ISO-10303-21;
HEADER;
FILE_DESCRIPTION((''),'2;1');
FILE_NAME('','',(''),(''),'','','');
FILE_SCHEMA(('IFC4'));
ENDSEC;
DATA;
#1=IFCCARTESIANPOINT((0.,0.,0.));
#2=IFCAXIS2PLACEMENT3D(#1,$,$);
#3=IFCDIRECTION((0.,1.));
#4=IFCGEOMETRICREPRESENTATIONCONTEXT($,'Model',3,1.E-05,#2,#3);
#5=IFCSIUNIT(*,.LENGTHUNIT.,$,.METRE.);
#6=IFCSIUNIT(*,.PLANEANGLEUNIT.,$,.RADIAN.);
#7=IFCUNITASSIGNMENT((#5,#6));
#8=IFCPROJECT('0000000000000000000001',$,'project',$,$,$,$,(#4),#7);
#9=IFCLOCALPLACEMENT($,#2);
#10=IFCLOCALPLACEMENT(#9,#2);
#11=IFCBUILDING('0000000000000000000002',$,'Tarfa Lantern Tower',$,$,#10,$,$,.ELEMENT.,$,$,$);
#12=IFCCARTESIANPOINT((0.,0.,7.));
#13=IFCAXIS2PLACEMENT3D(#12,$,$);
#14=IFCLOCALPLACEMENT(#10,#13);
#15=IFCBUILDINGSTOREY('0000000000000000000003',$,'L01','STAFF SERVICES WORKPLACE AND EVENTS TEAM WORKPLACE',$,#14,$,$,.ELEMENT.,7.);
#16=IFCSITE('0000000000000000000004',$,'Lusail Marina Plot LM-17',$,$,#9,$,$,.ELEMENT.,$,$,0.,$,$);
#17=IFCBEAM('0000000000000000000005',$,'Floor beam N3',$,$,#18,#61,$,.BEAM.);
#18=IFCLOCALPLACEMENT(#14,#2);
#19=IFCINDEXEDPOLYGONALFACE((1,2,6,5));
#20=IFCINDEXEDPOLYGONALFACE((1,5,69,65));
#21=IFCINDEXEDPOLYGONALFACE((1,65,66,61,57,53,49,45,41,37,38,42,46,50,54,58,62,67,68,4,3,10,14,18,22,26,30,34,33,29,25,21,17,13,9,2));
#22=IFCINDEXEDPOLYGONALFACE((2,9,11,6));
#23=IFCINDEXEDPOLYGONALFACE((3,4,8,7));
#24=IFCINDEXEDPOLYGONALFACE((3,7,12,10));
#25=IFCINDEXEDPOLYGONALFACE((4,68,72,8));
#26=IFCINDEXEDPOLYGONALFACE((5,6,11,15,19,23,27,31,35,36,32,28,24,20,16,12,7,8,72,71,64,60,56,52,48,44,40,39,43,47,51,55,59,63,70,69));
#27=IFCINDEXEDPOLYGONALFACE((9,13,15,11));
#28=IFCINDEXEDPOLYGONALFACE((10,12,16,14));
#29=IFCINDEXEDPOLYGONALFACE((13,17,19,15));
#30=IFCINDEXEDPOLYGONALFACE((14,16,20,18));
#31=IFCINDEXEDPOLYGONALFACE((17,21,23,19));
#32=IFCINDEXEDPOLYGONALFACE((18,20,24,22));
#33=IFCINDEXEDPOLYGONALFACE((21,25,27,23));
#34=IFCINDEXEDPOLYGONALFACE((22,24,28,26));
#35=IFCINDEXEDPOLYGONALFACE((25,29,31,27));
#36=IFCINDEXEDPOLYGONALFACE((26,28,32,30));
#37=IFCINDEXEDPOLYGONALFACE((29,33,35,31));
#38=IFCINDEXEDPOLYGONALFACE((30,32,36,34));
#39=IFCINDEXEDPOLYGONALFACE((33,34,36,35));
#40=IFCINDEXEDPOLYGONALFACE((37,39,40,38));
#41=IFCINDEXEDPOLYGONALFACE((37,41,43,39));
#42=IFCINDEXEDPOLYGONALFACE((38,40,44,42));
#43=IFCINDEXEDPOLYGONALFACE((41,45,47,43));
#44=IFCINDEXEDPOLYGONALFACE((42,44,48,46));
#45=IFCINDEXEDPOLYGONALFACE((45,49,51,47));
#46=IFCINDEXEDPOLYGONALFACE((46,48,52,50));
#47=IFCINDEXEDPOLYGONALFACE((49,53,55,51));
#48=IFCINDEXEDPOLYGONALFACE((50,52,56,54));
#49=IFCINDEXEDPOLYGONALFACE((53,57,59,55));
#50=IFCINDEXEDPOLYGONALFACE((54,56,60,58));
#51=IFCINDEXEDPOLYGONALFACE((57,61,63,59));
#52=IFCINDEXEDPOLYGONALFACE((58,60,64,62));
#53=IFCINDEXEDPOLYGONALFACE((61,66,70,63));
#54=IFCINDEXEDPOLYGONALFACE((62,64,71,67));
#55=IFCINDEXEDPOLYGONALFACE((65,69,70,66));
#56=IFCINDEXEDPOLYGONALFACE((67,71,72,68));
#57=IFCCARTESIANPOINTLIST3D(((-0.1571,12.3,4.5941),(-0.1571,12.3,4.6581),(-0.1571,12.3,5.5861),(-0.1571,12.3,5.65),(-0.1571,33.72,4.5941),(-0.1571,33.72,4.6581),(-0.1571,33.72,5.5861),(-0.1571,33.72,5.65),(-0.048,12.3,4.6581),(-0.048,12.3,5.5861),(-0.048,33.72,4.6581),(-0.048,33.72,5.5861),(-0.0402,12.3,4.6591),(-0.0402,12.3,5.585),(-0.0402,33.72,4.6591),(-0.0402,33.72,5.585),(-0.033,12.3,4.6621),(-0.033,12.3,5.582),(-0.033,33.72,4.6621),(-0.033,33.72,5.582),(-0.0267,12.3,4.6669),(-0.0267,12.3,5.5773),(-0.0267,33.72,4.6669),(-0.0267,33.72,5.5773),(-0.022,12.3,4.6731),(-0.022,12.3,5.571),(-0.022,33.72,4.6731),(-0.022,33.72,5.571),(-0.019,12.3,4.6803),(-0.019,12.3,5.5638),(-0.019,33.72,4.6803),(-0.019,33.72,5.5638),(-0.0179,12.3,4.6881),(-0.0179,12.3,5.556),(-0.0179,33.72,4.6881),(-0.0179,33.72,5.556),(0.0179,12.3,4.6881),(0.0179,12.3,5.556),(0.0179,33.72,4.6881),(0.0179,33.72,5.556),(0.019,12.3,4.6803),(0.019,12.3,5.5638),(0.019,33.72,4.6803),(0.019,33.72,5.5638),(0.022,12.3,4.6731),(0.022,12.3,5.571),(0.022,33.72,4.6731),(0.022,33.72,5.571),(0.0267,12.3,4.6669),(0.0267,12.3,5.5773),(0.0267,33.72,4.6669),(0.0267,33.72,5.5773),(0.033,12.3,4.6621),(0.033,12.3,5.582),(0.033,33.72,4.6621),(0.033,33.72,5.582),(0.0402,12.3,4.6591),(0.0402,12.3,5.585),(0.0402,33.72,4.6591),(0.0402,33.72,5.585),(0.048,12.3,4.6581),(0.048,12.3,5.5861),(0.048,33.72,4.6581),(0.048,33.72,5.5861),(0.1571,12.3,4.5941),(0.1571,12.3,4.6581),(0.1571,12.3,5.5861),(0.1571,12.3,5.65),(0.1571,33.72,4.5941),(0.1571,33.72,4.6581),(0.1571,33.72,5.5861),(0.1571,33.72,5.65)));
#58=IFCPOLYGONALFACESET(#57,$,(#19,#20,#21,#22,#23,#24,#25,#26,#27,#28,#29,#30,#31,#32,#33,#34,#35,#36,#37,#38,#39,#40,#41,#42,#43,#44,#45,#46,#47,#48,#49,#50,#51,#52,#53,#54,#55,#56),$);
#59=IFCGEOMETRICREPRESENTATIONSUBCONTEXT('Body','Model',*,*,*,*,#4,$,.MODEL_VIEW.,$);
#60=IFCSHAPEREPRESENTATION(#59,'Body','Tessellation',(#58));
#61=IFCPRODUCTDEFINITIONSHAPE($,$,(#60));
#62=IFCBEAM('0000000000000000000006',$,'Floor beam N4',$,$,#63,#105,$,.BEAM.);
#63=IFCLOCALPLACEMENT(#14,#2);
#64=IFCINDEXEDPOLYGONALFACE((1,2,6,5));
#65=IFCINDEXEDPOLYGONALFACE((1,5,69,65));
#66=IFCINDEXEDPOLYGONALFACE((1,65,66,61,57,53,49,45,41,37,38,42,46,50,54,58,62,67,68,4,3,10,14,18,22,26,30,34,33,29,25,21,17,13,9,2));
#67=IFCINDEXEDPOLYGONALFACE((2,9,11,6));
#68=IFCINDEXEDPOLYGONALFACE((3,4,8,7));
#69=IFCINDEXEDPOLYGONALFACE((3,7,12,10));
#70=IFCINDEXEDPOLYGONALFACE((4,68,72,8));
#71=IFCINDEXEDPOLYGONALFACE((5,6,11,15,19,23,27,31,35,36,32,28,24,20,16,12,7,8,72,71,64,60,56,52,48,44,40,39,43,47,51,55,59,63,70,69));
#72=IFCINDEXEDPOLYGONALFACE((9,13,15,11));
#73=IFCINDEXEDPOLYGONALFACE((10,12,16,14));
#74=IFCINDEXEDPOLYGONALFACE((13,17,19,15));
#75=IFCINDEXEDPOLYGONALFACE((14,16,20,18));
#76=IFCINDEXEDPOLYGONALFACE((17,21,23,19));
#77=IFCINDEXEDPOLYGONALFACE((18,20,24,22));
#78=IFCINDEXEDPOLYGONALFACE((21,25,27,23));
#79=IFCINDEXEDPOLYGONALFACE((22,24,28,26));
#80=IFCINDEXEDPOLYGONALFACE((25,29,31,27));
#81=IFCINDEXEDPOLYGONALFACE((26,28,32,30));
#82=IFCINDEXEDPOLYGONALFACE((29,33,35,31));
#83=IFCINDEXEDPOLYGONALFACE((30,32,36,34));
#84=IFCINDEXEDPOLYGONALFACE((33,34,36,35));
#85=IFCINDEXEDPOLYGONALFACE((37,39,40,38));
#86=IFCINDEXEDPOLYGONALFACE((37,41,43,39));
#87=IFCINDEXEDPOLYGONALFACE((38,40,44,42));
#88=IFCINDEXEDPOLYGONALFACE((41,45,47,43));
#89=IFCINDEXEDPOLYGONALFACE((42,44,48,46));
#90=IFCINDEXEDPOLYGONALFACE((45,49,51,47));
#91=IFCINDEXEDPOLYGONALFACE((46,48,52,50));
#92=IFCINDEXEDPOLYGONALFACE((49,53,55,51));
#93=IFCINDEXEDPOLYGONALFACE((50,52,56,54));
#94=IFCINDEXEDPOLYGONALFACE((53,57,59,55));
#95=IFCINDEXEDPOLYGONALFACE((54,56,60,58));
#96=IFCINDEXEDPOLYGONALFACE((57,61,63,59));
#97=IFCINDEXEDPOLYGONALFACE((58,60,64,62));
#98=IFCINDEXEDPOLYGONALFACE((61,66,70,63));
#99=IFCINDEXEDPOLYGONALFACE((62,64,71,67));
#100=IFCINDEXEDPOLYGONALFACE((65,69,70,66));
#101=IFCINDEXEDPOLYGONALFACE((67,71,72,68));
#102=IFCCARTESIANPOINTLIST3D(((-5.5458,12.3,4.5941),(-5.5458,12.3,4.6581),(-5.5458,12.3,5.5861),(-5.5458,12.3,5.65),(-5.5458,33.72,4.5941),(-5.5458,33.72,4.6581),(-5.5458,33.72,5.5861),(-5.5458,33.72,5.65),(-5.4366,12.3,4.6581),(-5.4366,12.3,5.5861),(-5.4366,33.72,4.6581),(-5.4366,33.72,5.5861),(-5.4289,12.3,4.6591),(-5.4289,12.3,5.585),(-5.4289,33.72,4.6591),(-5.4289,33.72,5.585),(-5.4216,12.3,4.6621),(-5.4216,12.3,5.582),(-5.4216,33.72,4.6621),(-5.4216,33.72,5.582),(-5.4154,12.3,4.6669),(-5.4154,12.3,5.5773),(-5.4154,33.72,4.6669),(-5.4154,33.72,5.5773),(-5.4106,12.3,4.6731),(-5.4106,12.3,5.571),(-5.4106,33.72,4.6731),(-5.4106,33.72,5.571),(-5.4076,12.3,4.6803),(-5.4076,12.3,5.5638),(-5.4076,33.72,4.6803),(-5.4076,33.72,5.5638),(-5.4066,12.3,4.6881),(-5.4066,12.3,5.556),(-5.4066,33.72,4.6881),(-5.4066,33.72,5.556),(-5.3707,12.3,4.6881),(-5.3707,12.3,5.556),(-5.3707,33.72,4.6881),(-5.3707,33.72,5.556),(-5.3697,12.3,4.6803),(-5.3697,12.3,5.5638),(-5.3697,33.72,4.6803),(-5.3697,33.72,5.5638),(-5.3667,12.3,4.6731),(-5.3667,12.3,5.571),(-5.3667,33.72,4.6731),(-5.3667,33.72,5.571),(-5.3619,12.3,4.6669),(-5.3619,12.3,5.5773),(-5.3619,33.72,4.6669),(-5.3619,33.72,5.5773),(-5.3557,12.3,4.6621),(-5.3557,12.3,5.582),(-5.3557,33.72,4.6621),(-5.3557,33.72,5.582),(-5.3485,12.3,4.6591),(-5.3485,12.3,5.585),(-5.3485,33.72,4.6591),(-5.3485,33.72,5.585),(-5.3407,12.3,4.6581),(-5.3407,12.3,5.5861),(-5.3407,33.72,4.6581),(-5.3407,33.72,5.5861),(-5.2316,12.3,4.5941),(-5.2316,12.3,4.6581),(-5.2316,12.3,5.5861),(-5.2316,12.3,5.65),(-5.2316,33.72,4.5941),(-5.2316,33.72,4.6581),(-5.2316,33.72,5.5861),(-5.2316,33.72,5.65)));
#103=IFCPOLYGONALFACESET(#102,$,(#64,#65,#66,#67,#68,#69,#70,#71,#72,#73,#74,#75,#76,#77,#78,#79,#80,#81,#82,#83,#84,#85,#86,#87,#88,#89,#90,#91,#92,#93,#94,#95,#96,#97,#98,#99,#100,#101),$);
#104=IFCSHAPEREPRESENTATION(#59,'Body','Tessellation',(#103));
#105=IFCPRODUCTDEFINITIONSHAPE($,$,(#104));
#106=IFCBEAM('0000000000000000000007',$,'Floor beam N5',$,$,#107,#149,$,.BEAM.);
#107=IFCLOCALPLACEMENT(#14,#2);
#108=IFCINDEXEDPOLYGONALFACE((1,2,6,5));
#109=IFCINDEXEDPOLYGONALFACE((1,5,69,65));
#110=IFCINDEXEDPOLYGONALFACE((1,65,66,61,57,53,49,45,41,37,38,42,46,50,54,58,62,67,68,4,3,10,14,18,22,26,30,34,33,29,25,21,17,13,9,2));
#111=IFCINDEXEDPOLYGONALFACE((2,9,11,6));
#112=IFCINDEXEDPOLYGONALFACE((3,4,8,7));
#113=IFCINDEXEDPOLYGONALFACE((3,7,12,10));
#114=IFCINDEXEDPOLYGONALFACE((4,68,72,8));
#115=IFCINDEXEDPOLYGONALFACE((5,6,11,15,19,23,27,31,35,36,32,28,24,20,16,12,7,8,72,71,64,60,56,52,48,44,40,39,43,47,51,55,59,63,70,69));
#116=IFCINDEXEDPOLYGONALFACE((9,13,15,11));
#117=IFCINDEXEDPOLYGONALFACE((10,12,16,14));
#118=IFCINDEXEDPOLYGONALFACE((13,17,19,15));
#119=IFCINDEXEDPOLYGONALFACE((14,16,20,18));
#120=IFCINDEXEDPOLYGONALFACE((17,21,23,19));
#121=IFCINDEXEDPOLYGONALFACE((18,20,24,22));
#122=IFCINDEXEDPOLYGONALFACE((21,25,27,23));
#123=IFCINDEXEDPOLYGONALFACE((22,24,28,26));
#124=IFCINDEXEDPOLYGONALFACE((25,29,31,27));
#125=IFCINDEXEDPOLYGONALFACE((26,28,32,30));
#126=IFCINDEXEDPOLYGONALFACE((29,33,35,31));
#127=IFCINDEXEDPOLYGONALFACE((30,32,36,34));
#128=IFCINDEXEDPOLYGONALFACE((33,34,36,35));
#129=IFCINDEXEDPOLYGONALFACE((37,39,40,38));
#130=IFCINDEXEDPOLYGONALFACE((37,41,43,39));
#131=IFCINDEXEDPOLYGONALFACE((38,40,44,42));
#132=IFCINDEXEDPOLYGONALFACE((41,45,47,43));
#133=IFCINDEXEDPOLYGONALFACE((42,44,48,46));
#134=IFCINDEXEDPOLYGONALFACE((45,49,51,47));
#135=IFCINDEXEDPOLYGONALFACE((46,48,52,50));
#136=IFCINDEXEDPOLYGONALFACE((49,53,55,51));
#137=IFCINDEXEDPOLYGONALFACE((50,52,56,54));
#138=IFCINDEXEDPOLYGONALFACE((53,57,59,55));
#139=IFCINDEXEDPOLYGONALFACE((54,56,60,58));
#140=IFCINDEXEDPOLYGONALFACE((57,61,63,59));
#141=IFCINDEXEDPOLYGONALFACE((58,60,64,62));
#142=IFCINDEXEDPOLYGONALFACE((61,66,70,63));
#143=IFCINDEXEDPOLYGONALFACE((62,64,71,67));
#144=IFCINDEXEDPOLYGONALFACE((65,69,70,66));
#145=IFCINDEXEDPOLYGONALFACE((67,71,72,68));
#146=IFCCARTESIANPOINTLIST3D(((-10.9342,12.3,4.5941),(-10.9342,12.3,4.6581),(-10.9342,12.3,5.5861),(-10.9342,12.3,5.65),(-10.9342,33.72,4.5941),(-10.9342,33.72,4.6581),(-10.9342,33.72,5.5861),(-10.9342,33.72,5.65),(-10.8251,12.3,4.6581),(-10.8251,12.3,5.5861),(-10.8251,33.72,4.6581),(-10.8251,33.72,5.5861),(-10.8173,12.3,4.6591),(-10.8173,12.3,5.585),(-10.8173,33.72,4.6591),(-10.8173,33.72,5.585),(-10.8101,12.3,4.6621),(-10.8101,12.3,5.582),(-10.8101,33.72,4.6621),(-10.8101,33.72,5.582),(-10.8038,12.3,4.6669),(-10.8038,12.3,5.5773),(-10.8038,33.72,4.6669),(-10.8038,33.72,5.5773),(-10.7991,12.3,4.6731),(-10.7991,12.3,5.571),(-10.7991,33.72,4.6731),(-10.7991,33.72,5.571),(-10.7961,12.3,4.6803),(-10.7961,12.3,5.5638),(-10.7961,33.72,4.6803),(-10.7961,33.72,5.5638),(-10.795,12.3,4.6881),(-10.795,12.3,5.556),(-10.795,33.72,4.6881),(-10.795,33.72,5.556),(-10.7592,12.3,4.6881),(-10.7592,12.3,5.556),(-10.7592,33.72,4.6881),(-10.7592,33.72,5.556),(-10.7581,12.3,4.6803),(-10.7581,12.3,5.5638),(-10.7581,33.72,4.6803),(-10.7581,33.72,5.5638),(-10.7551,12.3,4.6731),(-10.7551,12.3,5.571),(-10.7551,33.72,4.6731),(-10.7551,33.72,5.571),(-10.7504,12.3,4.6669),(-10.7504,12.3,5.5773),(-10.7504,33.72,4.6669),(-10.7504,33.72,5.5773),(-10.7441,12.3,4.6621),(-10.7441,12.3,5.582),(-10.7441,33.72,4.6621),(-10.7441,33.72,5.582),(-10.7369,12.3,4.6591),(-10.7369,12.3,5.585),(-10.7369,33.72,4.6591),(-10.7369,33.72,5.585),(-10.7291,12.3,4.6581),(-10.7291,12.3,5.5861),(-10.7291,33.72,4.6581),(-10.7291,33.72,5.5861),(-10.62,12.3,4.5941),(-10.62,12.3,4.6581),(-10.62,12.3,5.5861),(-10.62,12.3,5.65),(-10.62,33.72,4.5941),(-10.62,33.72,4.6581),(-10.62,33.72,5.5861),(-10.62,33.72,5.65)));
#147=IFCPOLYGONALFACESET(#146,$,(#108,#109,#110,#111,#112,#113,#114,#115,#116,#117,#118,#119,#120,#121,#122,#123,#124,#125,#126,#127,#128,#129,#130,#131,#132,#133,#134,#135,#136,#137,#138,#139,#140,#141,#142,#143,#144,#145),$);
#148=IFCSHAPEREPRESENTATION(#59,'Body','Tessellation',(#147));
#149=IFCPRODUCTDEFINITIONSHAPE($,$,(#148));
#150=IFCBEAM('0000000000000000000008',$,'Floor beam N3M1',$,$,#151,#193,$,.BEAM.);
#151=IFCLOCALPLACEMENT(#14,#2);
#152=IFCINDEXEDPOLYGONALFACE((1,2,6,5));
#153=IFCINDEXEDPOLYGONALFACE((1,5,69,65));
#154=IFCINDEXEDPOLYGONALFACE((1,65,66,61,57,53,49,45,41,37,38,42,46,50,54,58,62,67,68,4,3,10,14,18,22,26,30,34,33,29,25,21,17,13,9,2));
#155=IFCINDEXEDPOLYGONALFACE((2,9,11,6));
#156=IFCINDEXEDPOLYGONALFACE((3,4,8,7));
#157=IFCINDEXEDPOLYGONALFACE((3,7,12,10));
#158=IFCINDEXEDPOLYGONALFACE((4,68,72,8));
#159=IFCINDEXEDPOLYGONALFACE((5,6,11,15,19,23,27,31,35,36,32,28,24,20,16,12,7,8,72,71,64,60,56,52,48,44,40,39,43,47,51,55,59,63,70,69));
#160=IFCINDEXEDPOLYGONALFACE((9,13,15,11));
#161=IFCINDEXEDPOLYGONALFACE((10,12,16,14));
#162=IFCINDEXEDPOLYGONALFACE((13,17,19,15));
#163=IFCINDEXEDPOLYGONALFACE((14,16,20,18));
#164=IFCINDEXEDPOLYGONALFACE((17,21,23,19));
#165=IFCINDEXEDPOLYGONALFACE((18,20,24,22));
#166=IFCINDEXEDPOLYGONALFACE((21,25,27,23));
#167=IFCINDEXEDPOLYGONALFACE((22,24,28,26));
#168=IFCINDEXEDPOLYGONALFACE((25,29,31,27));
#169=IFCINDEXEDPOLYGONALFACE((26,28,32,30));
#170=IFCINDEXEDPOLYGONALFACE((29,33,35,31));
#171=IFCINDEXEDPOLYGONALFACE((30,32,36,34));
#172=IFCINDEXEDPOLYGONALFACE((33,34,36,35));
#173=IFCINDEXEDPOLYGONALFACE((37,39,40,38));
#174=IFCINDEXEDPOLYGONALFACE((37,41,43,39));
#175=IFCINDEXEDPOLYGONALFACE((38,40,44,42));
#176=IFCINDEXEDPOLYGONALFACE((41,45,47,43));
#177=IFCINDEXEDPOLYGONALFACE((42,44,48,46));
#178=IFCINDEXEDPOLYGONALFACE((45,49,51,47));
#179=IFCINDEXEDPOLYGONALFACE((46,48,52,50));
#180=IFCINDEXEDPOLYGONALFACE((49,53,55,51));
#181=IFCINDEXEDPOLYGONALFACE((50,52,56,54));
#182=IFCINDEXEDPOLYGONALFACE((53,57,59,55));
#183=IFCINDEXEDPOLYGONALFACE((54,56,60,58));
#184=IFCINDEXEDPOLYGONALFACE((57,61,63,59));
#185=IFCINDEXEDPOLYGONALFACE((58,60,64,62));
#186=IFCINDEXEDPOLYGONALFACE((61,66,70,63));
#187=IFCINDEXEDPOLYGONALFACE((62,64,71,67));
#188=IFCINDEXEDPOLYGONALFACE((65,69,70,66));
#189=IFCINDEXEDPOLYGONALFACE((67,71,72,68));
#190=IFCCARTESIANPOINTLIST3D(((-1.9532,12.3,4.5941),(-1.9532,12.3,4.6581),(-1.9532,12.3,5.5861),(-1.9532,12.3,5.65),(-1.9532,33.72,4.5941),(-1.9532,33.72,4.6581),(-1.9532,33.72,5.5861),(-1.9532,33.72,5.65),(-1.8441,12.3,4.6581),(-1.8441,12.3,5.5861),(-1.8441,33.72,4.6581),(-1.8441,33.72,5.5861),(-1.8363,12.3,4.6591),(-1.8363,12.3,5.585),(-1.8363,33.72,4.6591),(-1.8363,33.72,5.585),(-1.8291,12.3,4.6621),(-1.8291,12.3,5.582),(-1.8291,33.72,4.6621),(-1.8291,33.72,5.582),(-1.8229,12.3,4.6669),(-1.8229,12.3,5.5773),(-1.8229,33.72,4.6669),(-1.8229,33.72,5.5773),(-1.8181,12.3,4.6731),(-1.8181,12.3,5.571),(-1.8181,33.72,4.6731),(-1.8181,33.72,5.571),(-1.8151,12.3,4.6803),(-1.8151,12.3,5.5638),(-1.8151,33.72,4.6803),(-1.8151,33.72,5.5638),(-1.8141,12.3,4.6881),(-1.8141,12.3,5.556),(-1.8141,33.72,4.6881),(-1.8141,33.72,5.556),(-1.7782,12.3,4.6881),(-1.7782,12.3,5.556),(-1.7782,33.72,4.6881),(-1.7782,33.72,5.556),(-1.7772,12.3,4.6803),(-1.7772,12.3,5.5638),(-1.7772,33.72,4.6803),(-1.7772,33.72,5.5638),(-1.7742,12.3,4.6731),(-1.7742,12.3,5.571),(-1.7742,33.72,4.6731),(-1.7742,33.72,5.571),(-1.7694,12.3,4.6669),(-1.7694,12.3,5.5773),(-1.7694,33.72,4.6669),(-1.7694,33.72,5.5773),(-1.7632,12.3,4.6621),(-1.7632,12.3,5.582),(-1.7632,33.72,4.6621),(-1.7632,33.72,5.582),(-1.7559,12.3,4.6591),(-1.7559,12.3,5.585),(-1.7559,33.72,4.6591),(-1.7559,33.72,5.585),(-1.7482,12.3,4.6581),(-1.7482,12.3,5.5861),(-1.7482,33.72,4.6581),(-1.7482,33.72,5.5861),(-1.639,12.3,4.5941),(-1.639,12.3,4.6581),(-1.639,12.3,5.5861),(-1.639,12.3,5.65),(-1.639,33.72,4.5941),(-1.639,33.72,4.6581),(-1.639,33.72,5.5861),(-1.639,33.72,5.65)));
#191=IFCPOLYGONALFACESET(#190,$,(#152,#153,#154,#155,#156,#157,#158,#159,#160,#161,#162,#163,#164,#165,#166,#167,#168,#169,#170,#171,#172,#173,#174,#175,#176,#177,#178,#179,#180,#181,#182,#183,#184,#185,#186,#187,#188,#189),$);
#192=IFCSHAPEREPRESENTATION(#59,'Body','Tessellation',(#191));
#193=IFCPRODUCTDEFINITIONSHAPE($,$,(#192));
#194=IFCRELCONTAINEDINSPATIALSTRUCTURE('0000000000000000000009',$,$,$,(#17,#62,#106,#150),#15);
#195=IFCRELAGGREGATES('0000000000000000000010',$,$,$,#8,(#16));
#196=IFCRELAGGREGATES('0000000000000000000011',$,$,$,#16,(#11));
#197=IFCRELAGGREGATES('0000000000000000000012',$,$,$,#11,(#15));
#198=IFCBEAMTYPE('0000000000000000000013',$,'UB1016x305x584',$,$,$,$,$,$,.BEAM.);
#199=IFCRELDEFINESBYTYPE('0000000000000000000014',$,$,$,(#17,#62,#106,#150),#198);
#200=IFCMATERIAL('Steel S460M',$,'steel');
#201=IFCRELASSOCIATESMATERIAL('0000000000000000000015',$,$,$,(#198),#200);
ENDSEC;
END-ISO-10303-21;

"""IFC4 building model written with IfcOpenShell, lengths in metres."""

from ifc_helpers import new_model, si_unit, direction, frame, origin, origin_2d, place, context, subcontext, project, spatial, i_section, extrude, material, material_profile, profile_set, type_object, element, save


model = new_model("IFC4")

# Units and contexts
model_context = context("Model", 3, precision=1e-05, world=origin(), true_north=direction((0.0, 1.0)))
body_context = subcontext(model_context, "Body", "Model", "MODEL_VIEW")
ifc_project = project(units=[si_unit("LENGTHUNIT", "METRE"), si_unit("PLANEANGLEUNIT", "RADIAN")], contexts=[model_context])

# Site, building, storey
site_placement = place(None, origin())
site = spatial("IfcSite", under=ifc_project, at=site_placement, Name="Lusail Marina Plot LM-17", CompositionType="ELEMENT", RefElevation=0.0)
building_placement = place(site_placement, origin())
building = spatial("IfcBuilding", under=site, at=building_placement, Name="Tarfa Lantern Tower", CompositionType="ELEMENT")
storey_placement = place(building_placement, frame((0.0, 0.0, 7.0)))
storey = spatial("IfcBuildingStorey", under=building, at=storey_placement, Name="L01", Description="STAFF SERVICES WORKPLACE AND EVENTS TEAM WORKPLACE", CompositionType="ELEMENT", Elevation=7.0)

# Beams
ifc_material_1 = material(Name="Steel S460M", Category="steel")
ifc_material_profile_1 = material_profile(ifc_material_1, i_section(OverallWidth=0.3142, OverallDepth=1.0559, WebThickness=0.0359, FlangeThickness=0.064, FilletRadius=0.03, at=origin_2d()), Name="UB1016x305x584")
ifc_profile_set_1 = profile_set([ifc_material_profile_1], Name="Steel S460M")
beam_type_1 = type_object("IfcBeamType", Name="UB1016x305x584", PredefinedType="BEAM", material=ifc_profile_set_1)
for number, where, z_axis, x_axis, name in (
    (1, (0.0, 33.72, 5.1221), (0.0, -1.0, 0.0), (1.0, 0.0, 0.0), "Floor beam N3"),
    (2, (-5.3887, 33.72, 5.1221), (0.0, -1.0, 0.0), (1.0, 0.0, 0.0), "Floor beam N4"),
    (3, (-10.7771, 33.72, 5.1221), (0.0, -1.0, 0.0), (1.0, 0.0, 0.0), "Floor beam N5"),
    (4, (-1.7961, 33.72, 5.1221), (0.0, -1.0, 0.0), (1.0, 0.0, 0.0), "Floor beam N3M1"),
):
    element("IfcBeam", number, at=place(storey_placement, frame(where, z_axis=z_axis, x_axis=x_axis)), inside=storey, type_object=beam_type_1, Name=name, PredefinedType="BEAM", context=body_context, shape_type="SweptSolid", body=[
        extrude(i_section(OverallWidth=0.3142, OverallDepth=1.0559, WebThickness=0.0359, FlangeThickness=0.064, FilletRadius=0.03, at=origin_2d()), origin(), (0.0, 0.0, 1.0), 21.4199),
    ])

save(model, "model.ifc")
